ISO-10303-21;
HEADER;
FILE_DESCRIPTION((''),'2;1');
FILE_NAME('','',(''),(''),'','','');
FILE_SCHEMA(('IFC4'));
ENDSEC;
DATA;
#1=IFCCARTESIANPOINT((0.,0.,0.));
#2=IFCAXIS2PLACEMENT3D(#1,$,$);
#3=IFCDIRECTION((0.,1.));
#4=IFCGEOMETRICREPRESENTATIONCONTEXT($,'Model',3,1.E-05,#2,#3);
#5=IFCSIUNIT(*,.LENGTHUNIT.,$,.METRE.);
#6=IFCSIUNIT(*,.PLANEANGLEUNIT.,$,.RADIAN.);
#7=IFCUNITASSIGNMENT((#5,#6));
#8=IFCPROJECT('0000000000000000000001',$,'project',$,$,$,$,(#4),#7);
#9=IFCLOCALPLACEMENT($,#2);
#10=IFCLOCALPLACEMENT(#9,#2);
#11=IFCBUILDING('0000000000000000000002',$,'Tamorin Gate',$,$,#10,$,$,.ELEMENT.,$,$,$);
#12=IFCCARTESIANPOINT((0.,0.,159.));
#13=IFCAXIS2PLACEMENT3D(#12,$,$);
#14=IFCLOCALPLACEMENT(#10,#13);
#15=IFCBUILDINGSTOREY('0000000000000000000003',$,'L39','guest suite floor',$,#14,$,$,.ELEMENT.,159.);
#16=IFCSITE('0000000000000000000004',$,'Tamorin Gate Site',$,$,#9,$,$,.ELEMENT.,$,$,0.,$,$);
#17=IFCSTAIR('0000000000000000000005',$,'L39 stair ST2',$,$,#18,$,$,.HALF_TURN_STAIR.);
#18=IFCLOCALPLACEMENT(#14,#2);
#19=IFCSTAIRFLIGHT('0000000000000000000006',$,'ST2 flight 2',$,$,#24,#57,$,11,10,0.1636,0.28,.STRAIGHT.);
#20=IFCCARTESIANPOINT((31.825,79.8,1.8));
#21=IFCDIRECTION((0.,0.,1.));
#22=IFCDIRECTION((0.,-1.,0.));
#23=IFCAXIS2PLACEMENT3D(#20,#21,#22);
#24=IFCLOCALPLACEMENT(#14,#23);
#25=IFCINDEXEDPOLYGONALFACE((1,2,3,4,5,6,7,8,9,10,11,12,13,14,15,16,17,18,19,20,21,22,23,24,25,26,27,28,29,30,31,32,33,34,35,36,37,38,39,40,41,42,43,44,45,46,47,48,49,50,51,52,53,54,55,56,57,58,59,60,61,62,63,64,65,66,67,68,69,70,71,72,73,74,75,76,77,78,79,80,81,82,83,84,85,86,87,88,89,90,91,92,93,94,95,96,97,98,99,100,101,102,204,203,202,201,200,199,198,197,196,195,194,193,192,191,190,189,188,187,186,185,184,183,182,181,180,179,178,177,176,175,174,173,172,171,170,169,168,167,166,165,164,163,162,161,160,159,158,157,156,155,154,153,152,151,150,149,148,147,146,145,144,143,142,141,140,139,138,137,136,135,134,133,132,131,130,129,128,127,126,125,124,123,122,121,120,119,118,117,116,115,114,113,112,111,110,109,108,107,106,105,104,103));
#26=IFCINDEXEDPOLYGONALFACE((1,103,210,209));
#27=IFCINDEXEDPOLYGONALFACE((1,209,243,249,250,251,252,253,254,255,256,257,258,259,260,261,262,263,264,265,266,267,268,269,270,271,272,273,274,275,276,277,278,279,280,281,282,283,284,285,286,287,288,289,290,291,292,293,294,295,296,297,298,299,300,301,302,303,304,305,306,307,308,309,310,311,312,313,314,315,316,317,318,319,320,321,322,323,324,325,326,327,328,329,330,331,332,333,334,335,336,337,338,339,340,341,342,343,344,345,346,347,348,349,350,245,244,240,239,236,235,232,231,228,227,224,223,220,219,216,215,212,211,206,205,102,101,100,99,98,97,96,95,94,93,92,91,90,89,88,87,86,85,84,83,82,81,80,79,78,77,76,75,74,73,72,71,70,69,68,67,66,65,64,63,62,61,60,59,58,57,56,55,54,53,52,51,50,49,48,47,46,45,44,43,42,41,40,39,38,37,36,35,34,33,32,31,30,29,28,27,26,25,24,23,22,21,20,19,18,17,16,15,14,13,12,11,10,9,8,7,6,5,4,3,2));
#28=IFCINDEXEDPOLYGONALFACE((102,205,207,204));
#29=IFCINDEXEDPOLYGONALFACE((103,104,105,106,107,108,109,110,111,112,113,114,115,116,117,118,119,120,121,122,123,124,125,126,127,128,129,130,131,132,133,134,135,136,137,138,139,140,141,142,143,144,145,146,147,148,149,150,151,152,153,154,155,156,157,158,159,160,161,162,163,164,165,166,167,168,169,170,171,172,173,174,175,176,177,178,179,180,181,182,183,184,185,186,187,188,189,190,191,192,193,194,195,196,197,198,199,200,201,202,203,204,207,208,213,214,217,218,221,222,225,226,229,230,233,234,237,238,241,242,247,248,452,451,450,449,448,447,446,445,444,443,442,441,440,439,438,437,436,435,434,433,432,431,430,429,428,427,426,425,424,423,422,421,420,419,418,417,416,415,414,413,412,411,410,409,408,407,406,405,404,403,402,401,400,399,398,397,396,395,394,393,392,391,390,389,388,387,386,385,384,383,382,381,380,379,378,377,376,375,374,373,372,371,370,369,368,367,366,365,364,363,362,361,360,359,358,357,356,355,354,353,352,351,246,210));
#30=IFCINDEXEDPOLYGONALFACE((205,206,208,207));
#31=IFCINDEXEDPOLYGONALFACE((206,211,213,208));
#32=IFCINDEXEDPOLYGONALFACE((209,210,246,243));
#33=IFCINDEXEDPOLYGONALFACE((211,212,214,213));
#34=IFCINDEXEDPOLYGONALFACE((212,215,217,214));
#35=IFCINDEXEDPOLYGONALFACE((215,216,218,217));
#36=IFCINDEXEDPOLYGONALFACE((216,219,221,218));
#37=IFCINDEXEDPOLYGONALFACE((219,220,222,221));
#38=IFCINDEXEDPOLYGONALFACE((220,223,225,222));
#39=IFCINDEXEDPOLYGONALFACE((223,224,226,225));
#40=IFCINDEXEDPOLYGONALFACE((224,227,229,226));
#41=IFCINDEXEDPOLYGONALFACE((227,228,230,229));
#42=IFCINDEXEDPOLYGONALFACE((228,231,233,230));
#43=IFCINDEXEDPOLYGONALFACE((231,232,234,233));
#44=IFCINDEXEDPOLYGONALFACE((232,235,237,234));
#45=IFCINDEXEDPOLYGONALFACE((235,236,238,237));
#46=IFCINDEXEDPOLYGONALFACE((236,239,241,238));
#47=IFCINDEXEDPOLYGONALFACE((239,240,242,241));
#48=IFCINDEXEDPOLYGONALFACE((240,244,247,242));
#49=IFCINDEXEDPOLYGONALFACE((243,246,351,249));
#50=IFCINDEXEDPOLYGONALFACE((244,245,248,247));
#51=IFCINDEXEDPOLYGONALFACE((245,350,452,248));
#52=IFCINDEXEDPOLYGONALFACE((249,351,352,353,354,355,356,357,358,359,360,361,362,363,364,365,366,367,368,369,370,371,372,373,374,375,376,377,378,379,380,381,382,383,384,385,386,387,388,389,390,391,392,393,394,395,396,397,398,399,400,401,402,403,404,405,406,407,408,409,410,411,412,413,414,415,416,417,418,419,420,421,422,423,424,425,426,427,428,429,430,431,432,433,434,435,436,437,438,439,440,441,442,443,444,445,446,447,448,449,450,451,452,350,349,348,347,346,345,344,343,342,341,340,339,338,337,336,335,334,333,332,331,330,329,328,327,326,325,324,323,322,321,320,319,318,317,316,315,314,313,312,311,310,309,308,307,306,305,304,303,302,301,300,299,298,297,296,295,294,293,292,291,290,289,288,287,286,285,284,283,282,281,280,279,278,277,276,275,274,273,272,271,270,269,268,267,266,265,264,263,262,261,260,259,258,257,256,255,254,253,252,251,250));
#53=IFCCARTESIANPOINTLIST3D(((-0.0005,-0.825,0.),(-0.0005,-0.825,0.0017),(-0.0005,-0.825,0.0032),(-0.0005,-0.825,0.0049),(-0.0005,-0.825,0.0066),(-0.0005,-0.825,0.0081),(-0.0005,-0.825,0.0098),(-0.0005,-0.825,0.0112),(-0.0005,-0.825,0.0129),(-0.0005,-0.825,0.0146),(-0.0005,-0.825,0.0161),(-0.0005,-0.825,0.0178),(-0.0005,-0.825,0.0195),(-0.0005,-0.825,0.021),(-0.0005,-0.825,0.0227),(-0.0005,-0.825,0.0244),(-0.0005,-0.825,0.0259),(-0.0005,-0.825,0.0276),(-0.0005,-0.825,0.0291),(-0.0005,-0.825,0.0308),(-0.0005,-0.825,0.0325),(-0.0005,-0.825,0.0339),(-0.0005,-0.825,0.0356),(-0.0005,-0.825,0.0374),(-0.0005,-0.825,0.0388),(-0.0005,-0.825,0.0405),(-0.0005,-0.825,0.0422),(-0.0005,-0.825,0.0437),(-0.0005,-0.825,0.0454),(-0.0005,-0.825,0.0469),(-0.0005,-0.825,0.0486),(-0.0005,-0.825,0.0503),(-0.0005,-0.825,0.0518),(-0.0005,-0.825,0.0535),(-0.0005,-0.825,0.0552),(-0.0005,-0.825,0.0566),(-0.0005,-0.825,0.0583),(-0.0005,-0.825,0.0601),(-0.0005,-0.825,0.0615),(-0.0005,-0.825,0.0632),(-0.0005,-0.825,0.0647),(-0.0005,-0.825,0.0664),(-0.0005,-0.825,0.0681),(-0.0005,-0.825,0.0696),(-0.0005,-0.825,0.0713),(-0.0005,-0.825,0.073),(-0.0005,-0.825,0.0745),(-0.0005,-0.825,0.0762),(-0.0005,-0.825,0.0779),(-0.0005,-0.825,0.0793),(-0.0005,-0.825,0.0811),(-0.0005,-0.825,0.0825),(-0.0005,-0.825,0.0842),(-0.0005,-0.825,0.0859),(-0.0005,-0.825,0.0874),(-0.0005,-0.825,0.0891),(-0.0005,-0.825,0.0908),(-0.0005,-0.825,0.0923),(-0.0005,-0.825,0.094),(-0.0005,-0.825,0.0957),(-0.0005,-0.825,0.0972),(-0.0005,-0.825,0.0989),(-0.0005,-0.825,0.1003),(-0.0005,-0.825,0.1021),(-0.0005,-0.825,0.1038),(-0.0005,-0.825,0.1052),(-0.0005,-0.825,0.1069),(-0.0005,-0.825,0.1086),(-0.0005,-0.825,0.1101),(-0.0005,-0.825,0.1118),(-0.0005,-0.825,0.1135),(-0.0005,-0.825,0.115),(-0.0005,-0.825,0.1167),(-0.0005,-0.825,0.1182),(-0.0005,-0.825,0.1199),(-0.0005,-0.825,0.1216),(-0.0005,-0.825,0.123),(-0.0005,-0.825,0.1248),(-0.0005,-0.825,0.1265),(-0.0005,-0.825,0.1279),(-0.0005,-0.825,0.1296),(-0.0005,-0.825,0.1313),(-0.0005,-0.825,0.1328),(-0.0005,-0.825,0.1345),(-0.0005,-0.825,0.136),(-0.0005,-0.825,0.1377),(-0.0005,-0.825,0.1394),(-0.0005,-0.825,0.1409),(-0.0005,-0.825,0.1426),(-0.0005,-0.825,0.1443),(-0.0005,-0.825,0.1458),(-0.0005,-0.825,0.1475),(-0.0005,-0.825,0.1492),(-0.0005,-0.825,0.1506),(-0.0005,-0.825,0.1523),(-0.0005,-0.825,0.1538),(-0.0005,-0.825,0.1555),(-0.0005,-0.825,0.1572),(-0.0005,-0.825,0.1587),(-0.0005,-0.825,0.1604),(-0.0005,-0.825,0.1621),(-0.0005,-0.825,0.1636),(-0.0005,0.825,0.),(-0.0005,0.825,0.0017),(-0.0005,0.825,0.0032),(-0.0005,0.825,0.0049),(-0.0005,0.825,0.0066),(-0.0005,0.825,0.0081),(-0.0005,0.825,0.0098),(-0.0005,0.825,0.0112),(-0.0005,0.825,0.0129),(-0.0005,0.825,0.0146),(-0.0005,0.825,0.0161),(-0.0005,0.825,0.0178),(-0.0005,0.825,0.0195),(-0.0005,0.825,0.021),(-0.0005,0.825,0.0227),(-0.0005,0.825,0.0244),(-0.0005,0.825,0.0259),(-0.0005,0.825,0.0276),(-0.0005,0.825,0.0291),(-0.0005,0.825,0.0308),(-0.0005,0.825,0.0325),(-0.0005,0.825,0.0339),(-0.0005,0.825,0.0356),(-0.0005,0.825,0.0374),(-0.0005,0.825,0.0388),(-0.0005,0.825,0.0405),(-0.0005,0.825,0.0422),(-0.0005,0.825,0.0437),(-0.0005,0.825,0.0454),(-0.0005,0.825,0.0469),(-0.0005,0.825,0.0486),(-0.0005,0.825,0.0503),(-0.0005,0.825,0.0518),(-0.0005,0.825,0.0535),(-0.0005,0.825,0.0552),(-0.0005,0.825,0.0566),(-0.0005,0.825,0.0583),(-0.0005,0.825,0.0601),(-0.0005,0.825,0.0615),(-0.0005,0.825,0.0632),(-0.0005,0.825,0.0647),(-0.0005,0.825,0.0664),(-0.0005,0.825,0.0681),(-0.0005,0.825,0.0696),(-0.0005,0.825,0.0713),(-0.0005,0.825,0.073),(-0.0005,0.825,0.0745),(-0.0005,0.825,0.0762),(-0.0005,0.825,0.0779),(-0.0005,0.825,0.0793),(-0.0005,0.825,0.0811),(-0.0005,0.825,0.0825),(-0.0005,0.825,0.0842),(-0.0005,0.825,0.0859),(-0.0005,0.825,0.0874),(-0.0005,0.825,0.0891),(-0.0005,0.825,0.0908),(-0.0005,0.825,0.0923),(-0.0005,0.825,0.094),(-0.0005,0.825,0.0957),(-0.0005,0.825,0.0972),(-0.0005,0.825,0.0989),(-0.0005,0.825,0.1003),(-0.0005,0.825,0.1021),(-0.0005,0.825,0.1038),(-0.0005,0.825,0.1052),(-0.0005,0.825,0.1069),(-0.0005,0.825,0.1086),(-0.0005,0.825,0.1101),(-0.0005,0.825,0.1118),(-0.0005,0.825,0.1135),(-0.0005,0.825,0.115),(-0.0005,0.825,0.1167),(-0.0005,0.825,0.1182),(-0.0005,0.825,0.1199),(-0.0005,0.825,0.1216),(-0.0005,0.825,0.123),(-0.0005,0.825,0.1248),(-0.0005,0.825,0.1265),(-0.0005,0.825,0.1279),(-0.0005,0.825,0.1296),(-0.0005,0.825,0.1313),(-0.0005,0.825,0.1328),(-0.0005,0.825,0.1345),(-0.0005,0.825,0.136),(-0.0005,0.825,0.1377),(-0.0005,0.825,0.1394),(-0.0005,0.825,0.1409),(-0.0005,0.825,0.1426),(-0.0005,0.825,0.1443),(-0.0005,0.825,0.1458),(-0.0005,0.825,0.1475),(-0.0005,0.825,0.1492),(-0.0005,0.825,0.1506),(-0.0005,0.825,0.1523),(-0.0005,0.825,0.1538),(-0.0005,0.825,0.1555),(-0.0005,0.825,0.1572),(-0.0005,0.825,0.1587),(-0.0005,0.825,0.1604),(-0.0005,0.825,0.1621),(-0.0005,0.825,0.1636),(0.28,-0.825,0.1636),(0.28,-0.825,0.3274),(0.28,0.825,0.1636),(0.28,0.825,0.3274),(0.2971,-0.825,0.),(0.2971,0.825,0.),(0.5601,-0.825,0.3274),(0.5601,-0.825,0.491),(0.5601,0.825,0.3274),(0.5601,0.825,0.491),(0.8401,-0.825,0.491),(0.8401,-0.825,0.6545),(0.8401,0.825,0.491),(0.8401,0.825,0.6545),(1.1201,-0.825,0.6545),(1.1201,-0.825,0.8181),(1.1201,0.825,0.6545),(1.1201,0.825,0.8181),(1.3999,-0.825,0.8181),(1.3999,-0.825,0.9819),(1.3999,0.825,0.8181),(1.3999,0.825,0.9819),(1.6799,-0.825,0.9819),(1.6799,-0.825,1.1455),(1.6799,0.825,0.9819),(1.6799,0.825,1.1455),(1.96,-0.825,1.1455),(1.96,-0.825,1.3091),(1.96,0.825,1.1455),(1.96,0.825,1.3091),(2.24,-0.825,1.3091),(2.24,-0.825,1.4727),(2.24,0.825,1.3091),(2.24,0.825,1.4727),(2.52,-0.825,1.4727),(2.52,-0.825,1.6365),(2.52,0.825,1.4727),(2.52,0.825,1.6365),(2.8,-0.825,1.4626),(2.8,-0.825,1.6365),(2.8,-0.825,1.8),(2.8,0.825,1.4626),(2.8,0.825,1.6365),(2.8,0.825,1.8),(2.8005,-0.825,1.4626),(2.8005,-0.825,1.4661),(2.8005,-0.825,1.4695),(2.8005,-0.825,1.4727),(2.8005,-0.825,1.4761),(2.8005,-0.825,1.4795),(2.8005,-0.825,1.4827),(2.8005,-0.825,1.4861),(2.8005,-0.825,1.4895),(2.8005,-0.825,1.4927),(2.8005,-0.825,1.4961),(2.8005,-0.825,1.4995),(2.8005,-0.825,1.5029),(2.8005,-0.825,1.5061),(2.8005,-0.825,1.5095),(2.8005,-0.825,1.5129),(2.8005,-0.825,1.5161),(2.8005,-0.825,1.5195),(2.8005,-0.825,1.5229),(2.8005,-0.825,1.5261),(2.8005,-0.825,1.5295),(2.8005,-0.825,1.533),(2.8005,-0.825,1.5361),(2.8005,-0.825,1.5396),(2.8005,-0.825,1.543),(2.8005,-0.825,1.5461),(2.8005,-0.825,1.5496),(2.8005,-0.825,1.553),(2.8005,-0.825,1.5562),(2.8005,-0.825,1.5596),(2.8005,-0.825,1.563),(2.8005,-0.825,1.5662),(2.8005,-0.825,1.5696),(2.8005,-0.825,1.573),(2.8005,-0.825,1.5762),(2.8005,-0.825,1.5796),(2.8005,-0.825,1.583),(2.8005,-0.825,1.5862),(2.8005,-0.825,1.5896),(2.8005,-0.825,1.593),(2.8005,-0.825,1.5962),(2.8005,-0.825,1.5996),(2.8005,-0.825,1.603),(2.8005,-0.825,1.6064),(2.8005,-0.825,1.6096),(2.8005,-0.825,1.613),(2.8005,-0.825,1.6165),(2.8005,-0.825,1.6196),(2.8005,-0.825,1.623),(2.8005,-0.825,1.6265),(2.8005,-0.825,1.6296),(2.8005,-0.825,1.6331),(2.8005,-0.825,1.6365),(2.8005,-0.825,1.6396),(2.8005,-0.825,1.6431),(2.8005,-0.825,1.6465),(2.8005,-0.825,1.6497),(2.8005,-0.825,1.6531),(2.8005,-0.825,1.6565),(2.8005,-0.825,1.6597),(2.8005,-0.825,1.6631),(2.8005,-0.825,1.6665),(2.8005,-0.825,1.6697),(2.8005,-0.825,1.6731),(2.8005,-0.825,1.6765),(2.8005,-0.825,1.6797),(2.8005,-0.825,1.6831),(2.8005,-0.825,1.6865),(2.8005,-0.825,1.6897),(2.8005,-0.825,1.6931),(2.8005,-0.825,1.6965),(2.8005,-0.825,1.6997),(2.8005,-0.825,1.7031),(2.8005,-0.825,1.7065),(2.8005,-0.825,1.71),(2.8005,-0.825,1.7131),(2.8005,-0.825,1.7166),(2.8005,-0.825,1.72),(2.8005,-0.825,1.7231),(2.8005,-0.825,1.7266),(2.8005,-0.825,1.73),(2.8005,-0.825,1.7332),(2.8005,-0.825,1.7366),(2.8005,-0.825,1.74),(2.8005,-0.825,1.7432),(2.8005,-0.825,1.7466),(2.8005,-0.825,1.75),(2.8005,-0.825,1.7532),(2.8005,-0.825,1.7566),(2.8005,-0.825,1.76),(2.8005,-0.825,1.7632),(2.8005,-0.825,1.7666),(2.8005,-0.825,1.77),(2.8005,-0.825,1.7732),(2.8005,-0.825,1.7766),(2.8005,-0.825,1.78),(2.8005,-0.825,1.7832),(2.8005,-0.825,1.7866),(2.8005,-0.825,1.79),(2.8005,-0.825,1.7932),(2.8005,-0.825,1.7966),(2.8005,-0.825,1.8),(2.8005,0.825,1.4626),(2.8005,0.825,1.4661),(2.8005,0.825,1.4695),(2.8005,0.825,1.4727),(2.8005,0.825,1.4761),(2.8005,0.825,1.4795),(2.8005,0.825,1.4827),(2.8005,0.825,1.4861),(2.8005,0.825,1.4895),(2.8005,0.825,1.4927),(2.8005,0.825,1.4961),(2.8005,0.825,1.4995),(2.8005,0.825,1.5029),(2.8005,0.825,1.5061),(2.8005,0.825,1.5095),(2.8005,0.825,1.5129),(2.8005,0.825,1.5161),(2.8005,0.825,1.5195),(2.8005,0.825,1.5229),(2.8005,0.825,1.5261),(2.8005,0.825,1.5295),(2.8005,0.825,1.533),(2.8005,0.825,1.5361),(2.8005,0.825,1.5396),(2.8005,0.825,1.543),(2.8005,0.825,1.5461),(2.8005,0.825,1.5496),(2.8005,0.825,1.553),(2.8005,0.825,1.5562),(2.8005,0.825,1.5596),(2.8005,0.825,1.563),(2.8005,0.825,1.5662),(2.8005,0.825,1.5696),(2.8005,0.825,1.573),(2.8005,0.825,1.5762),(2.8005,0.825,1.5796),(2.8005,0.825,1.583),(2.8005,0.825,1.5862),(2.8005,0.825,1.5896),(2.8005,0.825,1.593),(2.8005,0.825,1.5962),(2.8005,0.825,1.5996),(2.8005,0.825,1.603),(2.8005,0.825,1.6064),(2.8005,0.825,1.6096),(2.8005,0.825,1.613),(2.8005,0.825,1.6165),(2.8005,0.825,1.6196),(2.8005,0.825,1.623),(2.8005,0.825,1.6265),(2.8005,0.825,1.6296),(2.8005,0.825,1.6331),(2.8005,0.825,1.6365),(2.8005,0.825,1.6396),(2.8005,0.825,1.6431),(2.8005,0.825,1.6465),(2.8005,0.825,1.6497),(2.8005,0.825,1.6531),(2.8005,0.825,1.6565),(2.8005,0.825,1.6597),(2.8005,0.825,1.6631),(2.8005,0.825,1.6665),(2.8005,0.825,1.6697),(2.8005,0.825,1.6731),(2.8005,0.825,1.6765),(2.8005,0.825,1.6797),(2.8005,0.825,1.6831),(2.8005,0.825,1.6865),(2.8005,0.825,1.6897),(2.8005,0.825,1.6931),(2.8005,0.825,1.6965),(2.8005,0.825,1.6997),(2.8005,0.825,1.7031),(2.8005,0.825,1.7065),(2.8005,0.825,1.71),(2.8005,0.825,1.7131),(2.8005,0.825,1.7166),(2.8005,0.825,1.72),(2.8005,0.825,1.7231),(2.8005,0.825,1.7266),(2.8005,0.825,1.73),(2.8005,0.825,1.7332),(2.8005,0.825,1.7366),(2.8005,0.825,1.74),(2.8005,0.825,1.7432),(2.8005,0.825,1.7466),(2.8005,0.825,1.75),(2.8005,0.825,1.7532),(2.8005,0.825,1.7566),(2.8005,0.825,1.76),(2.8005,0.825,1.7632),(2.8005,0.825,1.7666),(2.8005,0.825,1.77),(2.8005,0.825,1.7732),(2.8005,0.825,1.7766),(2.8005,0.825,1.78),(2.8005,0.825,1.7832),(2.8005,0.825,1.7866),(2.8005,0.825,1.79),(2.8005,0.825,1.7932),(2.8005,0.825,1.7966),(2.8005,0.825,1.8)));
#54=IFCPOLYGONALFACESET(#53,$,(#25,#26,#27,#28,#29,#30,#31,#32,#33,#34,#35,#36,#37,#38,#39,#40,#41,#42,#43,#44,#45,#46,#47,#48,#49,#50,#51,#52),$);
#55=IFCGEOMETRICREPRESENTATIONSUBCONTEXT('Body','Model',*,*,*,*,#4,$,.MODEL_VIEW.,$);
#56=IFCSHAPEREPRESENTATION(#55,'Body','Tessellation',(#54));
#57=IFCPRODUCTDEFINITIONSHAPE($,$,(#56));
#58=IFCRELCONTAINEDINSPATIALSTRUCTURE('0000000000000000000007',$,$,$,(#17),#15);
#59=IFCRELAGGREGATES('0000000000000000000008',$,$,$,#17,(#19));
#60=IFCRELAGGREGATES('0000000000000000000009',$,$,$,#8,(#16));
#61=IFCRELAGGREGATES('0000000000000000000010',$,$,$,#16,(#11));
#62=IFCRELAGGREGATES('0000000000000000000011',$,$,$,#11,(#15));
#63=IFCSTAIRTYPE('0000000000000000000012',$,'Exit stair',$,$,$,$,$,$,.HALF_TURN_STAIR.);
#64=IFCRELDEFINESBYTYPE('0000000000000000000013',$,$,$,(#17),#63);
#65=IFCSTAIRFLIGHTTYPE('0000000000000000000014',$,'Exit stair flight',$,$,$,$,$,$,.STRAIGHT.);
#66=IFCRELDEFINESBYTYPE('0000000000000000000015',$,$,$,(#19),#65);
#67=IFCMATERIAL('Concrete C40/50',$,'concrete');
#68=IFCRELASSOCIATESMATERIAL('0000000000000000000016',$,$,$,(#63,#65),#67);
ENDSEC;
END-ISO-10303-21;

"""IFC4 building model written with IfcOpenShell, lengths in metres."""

from ifc_helpers import new_model, si_unit, direction, frame, origin, place, context, subcontext, project, spatial, polyline, outline, extrude, material, type_object, element, aggregate, save


model = new_model("IFC4")

# Units and contexts
model_context = context("Model", 3, precision=1e-05, world=origin(), true_north=direction((0.0, 1.0)))
body_context = subcontext(model_context, "Body", "Model", "MODEL_VIEW")
ifc_project = project(units=[si_unit("LENGTHUNIT", "METRE"), si_unit("PLANEANGLEUNIT", "RADIAN")], contexts=[model_context])

# Site, building, storey
site_placement = place(None, origin())
site = spatial("IfcSite", under=ifc_project, at=site_placement, Name="Tamorin Gate Site", CompositionType="ELEMENT", RefElevation=0.0)
building_placement = place(site_placement, origin())
building = spatial("IfcBuilding", under=site, at=building_placement, Name="Tamorin Gate", CompositionType="ELEMENT")
storey_placement = place(building_placement, frame((0.0, 0.0, 159.0)))
storey = spatial("IfcBuildingStorey", under=building, at=storey_placement, Name="L39", Description="guest suite floor", CompositionType="ELEMENT", Elevation=159.0)

# Stair, stair flight
ifc_material_1 = material(Name="Concrete C40/50", Category="concrete")
stair_type = type_object("IfcStairType", Name="Exit stair", PredefinedType="HALF_TURN_STAIR", material=ifc_material_1)
stair_placement = place(storey_placement, origin())
stair = element("IfcStair", 1, at=stair_placement, inside=storey, type_object=stair_type, Name="L39 stair ST2", PredefinedType="HALF_TURN_STAIR")
stair_flight_type = type_object("IfcStairFlightType", Name="Exit stair flight", PredefinedType="STRAIGHT", material=ifc_material_1)
stair_flight_placement = place(storey_placement, frame((31.825, 79.8, 1.8), z_axis=(0.0, 0.0, 1.0), x_axis=(0.0, -1.0, 0.0)))
stair_flight = element("IfcStairFlight", 2, at=stair_flight_placement, type_object=stair_flight_type, Name="ST2 flight 2", NumberOfRisers=11, NumberOfTreads=10, PredefinedType="STRAIGHT", RiserHeight=0.1636, TreadLength=0.28, context=body_context, shape_type="SweptSolid", body=[
    extrude(outline(polyline([(-0.0005, 0.0), (-0.0005, 0.0017), (-0.0005, 0.0032), (-0.0005, 0.0049), (-0.0005, 0.0066), (-0.0005, 0.0081), (-0.0005, 0.0098), (-0.0005, 0.0112), (-0.0005, 0.0129), (-0.0005, 0.0146), (-0.0005, 0.0161), (-0.0005, 0.0178), (-0.0005, 0.0195), (-0.0005, 0.021), (-0.0005, 0.0227), (-0.0005, 0.0244), (-0.0005, 0.0259), (-0.0005, 0.0276), (-0.0005, 0.0291), (-0.0005, 0.0308), (-0.0005, 0.0325), (-0.0005, 0.0339), (-0.0005, 0.0356), (-0.0005, 0.0374), (-0.0005, 0.0388), (-0.0005, 0.0405), (-0.0005, 0.0422), (-0.0005, 0.0437), (-0.0005, 0.0454), (-0.0005, 0.0469), (-0.0005, 0.0486), (-0.0005, 0.0503), (-0.0005, 0.0518), (-0.0005, 0.0535), (-0.0005, 0.0552), (-0.0005, 0.0566), (-0.0005, 0.0583), (-0.0005, 0.0601), (-0.0005, 0.0615), (-0.0005, 0.0632), (-0.0005, 0.0647), (-0.0005, 0.0664), (-0.0005, 0.0681), (-0.0005, 0.0696), (-0.0005, 0.0713), (-0.0005, 0.073), (-0.0005, 0.0745), (-0.0005, 0.0762), (-0.0005, 0.0779), (-0.0005, 0.0793), (-0.0005, 0.0811), (-0.0005, 0.0825), (-0.0005, 0.0842), (-0.0005, 0.0859), (-0.0005, 0.0874), (-0.0005, 0.0891), (-0.0005, 0.0908), (-0.0005, 0.0923), (-0.0005, 0.094), (-0.0005, 0.0957), (-0.0005, 0.0972), (-0.0005, 0.0989), (-0.0005, 0.1003), (-0.0005, 0.1021), (-0.0005, 0.1038), (-0.0005, 0.1052), (-0.0005, 0.1069), (-0.0005, 0.1086), (-0.0005, 0.1101), (-0.0005, 0.1118), (-0.0005, 0.1135), (-0.0005, 0.115), (-0.0005, 0.1167), (-0.0005, 0.1182), (-0.0005, 0.1199), (-0.0005, 0.1216), (-0.0005, 0.123), (-0.0005, 0.1248), (-0.0005, 0.1265), (-0.0005, 0.1279), (-0.0005, 0.1296), (-0.0005, 0.1313), (-0.0005, 0.1328), (-0.0005, 0.1345), (-0.0005, 0.136), (-0.0005, 0.1377), (-0.0005, 0.1394), (-0.0005, 0.1409), (-0.0005, 0.1426), (-0.0005, 0.1443), (-0.0005, 0.1458), (-0.0005, 0.1475), (-0.0005, 0.1492), (-0.0005, 0.1506), (-0.0005, 0.1523), (-0.0005, 0.1538), (-0.0005, 0.1555), (-0.0005, 0.1572), (-0.0005, 0.1587), (-0.0005, 0.1604), (-0.0005, 0.1621), (-0.0005, 0.1636), (0.28, 0.1636), (0.28, 0.3274), (0.5601, 0.3274), (0.5601, 0.491), (0.8401, 0.491), (0.8401, 0.6545), (1.1201, 0.6545), (1.1201, 0.8181), (1.3999, 0.8181), (1.3999, 0.9819), (1.6799, 0.9819), (1.6799, 1.1455), (1.96, 1.1455), (1.96, 1.3091), (2.24, 1.3091), (2.24, 1.4727), (2.52, 1.4727), (2.52, 1.6365), (2.8, 1.6365), (2.8, 1.8), (2.8005, 1.8), (2.8005, 1.7966), (2.8005, 1.7932), (2.8005, 1.79), (2.8005, 1.7866), (2.8005, 1.7832), (2.8005, 1.78), (2.8005, 1.7766), (2.8005, 1.7732), (2.8005, 1.77), (2.8005, 1.7666), (2.8005, 1.7632), (2.8005, 1.76), (2.8005, 1.7566), (2.8005, 1.7532), (2.8005, 1.75), (2.8005, 1.7466), (2.8005, 1.7432), (2.8005, 1.74), (2.8005, 1.7366), (2.8005, 1.7332), (2.8005, 1.73), (2.8005, 1.7266), (2.8005, 1.7231), (2.8005, 1.72), (2.8005, 1.7166), (2.8005, 1.7131), (2.8005, 1.71), (2.8005, 1.7065), (2.8005, 1.7031), (2.8005, 1.6997), (2.8005, 1.6965), (2.8005, 1.6931), (2.8005, 1.6897), (2.8005, 1.6865), (2.8005, 1.6831), (2.8005, 1.6797), (2.8005, 1.6765), (2.8005, 1.6731), (2.8005, 1.6697), (2.8005, 1.6665), (2.8005, 1.6631), (2.8005, 1.6597), (2.8005, 1.6565), (2.8005, 1.6531), (2.8005, 1.6497), (2.8005, 1.6465), (2.8005, 1.6431), (2.8005, 1.6396), (2.8005, 1.6365), (2.8005, 1.6331), (2.8005, 1.6296), (2.8005, 1.6265), (2.8005, 1.623), (2.8005, 1.6196), (2.8005, 1.6165), (2.8005, 1.613), (2.8005, 1.6096), (2.8005, 1.6064), (2.8005, 1.603), (2.8005, 1.5996), (2.8005, 1.5962), (2.8005, 1.593), (2.8005, 1.5896), (2.8005, 1.5862), (2.8005, 1.583), (2.8005, 1.5796), (2.8005, 1.5762), (2.8005, 1.573), (2.8005, 1.5696), (2.8005, 1.5662), (2.8005, 1.563), (2.8005, 1.5596), (2.8005, 1.5562), (2.8005, 1.553), (2.8005, 1.5496), (2.8005, 1.5461), (2.8005, 1.543), (2.8005, 1.5396), (2.8005, 1.5361), (2.8005, 1.533), (2.8005, 1.5295), (2.8005, 1.5261), (2.8005, 1.5229), (2.8005, 1.5195), (2.8005, 1.5161), (2.8005, 1.5129), (2.8005, 1.5095), (2.8005, 1.5061), (2.8005, 1.5029), (2.8005, 1.4995), (2.8005, 1.4961), (2.8005, 1.4927), (2.8005, 1.4895), (2.8005, 1.4861), (2.8005, 1.4827), (2.8005, 1.4795), (2.8005, 1.4761), (2.8005, 1.4727), (2.8005, 1.4695), (2.8005, 1.4661), (2.8005, 1.4626), (2.8, 1.4626), (0.2971, 0.0), (-0.0005, 0.0)])), frame((0.0, 0.825, 0.0), z_axis=(0.0, -1.0, 0.0), x_axis=(1.0, 0.0, 0.0)), (0.0, 0.0, 1.0), 1.6499),
])
aggregate(stair, [stair_flight])

save(model, "model.ifc")
